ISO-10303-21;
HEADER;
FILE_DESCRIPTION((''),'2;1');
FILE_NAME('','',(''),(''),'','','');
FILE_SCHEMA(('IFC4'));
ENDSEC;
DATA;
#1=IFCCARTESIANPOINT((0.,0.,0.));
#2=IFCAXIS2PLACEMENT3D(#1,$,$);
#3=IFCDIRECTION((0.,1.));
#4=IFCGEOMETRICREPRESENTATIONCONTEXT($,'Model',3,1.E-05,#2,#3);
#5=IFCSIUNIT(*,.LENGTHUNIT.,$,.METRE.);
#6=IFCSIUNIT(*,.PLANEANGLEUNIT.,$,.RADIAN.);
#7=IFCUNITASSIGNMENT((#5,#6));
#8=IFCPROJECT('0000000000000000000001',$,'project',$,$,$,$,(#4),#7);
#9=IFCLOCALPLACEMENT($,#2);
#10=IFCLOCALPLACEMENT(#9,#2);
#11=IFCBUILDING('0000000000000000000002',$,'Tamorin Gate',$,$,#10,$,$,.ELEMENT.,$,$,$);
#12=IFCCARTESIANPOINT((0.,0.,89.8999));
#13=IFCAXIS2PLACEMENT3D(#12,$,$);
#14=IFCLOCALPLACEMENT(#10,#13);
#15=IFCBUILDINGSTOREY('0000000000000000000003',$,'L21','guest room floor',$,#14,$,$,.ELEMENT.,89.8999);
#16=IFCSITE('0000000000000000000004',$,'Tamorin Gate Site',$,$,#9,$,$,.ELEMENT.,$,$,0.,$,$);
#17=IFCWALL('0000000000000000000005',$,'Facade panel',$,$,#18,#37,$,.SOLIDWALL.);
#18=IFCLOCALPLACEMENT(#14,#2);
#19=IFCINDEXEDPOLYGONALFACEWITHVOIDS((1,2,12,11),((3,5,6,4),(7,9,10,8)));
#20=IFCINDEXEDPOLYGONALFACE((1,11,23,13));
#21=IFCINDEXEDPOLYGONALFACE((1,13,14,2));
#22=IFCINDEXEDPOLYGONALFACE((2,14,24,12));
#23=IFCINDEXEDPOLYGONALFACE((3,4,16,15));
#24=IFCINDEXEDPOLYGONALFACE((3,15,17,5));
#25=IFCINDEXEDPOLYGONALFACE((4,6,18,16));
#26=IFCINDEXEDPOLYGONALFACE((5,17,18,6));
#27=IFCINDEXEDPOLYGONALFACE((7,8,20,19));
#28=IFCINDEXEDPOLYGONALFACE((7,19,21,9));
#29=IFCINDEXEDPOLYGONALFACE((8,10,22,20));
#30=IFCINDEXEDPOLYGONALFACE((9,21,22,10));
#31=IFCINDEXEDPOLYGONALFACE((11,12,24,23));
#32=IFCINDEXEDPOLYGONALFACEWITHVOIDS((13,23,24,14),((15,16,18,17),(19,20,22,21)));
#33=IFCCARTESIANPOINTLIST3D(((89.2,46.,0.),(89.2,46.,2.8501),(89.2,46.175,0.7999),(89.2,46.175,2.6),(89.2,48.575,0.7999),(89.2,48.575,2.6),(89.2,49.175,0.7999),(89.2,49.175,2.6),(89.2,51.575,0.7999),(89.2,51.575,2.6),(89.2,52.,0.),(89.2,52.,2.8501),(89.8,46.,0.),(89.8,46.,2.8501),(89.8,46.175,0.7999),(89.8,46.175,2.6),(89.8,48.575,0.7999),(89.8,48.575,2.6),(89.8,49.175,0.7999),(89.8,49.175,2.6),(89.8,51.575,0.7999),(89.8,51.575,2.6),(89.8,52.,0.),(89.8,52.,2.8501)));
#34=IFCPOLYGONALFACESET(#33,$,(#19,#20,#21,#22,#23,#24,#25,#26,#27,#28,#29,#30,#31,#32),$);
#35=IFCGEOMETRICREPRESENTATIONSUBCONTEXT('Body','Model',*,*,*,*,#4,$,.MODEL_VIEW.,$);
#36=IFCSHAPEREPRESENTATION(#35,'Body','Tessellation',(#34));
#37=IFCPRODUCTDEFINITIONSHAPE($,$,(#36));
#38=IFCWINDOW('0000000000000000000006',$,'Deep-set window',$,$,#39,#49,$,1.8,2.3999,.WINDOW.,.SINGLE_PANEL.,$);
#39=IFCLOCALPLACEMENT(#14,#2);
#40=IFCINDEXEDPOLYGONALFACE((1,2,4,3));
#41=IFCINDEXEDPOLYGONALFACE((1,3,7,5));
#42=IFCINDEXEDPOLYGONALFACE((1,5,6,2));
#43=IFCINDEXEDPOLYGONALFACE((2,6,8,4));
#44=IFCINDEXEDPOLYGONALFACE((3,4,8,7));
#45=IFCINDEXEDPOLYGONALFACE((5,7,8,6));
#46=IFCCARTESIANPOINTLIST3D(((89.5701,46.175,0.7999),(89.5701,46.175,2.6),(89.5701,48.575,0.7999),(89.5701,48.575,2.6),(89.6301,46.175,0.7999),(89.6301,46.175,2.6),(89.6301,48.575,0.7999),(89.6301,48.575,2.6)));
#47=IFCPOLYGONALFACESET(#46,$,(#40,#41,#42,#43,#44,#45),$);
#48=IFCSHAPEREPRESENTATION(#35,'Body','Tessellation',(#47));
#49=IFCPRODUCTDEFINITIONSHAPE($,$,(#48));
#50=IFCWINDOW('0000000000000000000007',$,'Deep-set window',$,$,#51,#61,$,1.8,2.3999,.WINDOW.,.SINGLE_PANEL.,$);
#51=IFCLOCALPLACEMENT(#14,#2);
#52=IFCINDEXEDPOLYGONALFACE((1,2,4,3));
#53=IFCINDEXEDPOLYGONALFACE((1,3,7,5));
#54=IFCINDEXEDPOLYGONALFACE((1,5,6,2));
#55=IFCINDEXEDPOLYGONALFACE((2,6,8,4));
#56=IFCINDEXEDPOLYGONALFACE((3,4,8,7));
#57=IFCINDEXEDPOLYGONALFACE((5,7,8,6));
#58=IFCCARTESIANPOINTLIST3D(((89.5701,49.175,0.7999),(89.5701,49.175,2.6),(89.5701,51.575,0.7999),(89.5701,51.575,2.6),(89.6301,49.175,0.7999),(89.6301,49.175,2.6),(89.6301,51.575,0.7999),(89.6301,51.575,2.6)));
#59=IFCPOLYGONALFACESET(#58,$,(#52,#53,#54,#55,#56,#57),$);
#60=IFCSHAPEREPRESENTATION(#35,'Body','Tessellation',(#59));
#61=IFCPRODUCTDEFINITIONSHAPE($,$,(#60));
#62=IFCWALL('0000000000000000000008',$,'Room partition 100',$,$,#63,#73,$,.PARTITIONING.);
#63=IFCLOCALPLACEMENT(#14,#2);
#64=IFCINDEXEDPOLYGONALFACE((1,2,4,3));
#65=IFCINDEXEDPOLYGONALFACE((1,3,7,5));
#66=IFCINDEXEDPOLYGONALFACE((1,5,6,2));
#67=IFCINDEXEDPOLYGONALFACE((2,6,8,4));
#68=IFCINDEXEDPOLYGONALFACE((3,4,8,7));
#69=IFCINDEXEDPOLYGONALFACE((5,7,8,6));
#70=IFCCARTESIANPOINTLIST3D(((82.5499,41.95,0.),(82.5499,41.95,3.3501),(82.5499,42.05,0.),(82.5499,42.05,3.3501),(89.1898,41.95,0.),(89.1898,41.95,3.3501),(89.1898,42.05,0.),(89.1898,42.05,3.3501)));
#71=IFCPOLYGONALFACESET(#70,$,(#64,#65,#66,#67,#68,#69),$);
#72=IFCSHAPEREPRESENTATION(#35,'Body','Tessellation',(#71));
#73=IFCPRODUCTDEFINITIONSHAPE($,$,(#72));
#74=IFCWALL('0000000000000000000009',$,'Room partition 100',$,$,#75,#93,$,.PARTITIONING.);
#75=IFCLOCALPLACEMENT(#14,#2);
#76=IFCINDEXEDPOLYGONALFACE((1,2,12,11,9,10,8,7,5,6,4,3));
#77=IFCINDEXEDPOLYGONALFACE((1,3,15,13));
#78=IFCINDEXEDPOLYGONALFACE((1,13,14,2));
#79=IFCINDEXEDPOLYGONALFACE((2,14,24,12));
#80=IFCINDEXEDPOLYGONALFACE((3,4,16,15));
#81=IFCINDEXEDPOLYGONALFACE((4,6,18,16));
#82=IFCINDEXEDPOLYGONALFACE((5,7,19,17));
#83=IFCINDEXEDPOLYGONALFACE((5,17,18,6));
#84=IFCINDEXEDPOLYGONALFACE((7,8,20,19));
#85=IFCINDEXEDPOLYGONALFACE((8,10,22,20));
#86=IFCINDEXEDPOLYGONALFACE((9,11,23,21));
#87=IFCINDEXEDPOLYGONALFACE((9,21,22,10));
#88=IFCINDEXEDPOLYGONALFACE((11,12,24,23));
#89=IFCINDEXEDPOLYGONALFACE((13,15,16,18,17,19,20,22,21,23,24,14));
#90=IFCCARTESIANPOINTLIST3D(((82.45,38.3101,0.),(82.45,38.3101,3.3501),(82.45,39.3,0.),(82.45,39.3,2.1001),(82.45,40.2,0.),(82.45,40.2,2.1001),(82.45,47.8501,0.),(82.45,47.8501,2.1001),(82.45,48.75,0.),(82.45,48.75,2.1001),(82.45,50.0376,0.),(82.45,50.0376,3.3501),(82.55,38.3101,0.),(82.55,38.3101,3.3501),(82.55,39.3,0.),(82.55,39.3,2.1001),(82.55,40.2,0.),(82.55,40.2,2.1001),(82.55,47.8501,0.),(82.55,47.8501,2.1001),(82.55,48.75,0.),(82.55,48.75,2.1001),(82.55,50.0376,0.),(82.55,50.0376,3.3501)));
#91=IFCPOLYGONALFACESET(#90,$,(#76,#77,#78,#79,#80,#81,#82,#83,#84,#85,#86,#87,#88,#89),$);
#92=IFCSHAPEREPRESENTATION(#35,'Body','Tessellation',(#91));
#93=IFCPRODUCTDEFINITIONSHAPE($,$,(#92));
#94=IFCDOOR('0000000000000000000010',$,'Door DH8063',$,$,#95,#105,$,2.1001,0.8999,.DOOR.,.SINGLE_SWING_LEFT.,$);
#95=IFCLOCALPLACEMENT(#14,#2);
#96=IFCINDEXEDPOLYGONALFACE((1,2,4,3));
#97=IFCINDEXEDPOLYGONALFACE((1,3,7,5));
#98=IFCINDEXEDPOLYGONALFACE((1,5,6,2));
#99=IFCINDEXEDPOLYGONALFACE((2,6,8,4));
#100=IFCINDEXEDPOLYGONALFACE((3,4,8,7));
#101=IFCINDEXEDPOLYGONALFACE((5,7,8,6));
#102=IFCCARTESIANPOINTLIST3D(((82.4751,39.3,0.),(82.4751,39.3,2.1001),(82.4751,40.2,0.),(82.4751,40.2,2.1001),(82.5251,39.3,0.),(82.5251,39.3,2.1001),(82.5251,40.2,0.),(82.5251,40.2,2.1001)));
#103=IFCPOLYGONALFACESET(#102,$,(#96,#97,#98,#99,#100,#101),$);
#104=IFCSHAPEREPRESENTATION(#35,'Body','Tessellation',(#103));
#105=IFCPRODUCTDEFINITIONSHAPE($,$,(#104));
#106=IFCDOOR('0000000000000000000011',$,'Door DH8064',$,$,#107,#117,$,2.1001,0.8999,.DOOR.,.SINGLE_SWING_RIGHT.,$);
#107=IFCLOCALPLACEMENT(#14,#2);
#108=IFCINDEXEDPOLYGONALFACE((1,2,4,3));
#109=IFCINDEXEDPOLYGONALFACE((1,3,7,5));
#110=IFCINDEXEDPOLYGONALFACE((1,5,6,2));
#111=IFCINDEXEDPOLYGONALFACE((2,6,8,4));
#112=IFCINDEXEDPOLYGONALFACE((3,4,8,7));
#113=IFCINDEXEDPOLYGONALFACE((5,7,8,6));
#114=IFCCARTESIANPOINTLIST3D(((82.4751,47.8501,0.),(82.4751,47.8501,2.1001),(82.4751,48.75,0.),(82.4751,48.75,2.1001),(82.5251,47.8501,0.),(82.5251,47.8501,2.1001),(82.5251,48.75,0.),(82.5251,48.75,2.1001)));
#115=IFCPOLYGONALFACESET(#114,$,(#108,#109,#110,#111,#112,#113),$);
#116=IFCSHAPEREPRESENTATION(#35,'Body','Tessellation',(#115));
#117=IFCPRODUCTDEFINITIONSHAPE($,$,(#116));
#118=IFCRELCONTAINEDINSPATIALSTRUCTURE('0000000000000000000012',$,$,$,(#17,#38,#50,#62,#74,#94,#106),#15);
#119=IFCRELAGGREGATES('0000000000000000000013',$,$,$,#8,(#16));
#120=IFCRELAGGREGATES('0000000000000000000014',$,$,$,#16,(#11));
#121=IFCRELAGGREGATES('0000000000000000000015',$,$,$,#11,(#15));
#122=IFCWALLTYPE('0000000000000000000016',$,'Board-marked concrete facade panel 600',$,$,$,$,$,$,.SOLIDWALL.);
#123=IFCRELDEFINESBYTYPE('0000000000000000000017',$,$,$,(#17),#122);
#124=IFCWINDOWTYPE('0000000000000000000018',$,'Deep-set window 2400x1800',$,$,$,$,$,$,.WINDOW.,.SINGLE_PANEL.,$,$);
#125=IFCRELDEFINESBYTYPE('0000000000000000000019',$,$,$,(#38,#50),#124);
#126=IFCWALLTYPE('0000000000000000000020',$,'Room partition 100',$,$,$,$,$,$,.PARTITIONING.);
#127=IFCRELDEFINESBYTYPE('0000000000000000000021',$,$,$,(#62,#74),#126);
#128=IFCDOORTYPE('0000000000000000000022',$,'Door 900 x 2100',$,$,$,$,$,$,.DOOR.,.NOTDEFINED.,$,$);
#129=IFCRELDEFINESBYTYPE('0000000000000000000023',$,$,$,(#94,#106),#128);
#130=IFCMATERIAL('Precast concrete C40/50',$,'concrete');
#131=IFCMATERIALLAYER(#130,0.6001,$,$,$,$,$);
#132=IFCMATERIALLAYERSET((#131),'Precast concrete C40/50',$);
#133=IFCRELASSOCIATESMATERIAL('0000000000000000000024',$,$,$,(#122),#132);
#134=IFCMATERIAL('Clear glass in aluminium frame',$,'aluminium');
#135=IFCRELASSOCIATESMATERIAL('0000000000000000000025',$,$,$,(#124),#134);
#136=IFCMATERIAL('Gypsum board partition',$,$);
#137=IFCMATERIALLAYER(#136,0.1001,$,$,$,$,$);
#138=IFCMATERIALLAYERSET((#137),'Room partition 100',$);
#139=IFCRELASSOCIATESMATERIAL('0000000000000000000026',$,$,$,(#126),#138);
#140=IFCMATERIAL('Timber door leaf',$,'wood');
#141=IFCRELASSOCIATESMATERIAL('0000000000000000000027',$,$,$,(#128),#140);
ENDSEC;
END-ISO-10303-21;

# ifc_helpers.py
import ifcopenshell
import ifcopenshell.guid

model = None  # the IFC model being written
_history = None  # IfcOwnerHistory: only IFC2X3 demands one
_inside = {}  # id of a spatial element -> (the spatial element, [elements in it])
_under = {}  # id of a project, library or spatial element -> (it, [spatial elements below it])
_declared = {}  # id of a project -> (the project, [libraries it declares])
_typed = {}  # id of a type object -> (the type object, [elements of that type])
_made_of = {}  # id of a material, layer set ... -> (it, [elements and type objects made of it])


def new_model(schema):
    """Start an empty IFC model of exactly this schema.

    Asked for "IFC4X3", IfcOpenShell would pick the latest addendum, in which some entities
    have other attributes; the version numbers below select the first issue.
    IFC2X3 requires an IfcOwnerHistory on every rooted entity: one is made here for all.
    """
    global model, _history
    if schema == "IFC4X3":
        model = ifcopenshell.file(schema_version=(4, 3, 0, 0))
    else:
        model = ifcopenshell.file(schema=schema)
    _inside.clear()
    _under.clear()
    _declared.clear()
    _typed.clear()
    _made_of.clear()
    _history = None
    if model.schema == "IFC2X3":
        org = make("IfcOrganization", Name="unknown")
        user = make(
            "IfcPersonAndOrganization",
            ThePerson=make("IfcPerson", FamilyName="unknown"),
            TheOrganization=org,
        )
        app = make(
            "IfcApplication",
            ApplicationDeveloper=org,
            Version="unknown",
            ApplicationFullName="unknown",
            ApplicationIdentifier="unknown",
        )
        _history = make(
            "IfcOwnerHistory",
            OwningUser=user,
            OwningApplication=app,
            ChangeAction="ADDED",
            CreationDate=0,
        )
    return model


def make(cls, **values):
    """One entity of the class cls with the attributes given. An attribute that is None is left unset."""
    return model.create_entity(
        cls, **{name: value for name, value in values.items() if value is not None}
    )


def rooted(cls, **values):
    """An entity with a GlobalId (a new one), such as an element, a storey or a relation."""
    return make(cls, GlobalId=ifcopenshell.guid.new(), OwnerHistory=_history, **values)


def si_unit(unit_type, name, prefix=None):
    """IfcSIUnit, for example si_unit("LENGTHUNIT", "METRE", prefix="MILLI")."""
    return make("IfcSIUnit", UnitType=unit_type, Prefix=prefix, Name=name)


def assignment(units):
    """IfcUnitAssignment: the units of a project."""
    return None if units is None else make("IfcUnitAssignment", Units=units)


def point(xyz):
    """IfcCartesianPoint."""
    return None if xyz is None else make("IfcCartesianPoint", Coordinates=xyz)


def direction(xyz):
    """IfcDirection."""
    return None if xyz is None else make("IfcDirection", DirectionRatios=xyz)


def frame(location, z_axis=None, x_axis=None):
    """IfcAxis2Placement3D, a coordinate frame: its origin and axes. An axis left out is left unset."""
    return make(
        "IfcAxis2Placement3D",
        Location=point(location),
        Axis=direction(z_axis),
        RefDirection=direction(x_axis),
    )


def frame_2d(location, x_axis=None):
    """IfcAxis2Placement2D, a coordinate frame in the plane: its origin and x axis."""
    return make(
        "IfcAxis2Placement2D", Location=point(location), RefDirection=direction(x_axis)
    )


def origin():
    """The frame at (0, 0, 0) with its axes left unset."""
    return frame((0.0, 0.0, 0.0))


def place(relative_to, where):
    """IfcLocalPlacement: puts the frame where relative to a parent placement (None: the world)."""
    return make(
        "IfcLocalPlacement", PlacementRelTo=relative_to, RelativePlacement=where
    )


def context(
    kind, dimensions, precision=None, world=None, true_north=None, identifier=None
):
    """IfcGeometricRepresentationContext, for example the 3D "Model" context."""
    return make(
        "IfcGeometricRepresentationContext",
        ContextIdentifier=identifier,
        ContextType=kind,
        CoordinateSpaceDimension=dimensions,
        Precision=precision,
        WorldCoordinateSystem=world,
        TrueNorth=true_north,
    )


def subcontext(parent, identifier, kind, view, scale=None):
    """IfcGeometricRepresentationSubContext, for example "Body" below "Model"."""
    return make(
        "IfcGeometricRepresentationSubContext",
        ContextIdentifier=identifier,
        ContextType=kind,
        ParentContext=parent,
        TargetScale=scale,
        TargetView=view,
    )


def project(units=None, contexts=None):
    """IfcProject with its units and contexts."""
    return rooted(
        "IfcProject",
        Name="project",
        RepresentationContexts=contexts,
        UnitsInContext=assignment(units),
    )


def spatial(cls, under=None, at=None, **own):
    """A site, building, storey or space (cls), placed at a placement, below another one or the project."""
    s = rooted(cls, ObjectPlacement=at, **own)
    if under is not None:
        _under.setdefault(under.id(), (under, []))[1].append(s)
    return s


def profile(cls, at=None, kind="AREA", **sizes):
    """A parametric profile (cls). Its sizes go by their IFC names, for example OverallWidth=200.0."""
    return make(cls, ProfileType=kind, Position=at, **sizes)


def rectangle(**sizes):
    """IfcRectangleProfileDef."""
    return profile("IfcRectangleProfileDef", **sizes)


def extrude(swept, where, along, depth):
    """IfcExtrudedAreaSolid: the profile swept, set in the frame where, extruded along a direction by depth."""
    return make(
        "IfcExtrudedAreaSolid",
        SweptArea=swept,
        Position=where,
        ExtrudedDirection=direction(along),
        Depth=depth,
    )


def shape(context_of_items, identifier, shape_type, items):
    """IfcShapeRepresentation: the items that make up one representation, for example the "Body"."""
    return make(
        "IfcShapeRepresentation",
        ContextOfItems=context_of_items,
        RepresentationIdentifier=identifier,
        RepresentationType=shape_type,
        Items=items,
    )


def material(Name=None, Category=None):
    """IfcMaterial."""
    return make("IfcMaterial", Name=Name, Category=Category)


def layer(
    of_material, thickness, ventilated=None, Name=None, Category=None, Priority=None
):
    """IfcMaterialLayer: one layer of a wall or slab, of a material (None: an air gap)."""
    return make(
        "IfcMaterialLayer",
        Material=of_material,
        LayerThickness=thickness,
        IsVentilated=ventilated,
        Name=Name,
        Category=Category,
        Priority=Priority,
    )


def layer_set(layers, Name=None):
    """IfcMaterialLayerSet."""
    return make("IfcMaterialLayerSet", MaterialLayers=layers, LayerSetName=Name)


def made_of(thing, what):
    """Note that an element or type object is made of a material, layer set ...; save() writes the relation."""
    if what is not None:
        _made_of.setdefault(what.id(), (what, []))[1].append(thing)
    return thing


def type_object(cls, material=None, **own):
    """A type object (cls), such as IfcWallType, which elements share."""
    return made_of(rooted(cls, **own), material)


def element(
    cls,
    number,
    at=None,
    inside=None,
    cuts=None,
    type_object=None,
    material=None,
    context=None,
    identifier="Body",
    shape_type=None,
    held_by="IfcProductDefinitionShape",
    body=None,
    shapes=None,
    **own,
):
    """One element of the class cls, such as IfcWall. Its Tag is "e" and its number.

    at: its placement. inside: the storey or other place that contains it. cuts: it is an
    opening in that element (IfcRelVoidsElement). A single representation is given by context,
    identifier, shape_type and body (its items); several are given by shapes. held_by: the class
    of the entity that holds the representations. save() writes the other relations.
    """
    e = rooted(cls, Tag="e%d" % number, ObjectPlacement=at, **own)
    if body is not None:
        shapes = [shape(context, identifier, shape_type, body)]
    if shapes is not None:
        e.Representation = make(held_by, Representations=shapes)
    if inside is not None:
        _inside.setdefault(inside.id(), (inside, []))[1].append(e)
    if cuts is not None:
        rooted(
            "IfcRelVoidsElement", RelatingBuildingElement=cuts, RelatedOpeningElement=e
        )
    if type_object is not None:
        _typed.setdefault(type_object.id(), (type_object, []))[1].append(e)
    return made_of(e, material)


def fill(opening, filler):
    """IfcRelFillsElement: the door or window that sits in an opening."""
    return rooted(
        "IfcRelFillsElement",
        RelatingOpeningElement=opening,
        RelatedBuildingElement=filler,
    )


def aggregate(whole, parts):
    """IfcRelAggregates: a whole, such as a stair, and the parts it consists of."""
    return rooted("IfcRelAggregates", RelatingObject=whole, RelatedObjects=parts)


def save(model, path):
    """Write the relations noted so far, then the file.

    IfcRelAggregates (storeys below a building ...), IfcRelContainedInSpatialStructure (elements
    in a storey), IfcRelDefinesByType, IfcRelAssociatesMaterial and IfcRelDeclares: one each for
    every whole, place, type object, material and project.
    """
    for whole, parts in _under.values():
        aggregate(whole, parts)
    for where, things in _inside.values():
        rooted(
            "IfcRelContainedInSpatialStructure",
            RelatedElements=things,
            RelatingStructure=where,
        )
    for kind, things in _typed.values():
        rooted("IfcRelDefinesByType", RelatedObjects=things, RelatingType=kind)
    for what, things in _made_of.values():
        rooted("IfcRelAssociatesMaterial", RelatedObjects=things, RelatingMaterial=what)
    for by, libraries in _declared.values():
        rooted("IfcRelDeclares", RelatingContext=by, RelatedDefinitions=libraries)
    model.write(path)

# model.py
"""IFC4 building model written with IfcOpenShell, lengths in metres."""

from ifc_helpers import new_model, si_unit, direction, frame, frame_2d, origin, place, context, subcontext, project, spatial, rectangle, extrude, material, layer, layer_set, type_object, element, fill, save


model = new_model("IFC4")

# Units and contexts
model_context = context("Model", 3, precision=1e-05, world=origin(), true_north=direction((0.0, 1.0)))
body_context = subcontext(model_context, "Body", "Model", "MODEL_VIEW")
ifc_project = project(units=[si_unit("LENGTHUNIT", "METRE"), si_unit("PLANEANGLEUNIT", "RADIAN")], contexts=[model_context])

# Site, building, storey
site_placement = place(None, origin())
site = spatial("IfcSite", under=ifc_project, at=site_placement, Name="Tamorin Gate Site", CompositionType="ELEMENT", RefElevation=0.0)
building_placement = place(site_placement, origin())
building = spatial("IfcBuilding", under=site, at=building_placement, Name="Tamorin Gate", CompositionType="ELEMENT")
storey_placement = place(building_placement, frame((0.0, 0.0, 89.8999)))
storey = spatial("IfcBuildingStorey", under=building, at=storey_placement, Name="L21", Description="guest room floor", CompositionType="ELEMENT", Elevation=89.8999)

# Shared definitions
ifc_material_1 = material(Name="Precast concrete C40/50", Category="concrete")
ifc_layer_1 = layer(ifc_material_1, 0.6001)
ifc_layer_set_1 = layer_set([ifc_layer_1], Name="Precast concrete C40/50")
wall_type_1 = type_object("IfcWallType", Name="Board-marked concrete facade panel 600", PredefinedType="SOLIDWALL", material=ifc_layer_set_1)
ifc_material_2 = material(Name="Clear glass in aluminium frame", Category="aluminium")
window_type = type_object("IfcWindowType", Name="Deep-set window 2400x1800", PartitioningType="SINGLE_PANEL", PredefinedType="WINDOW", material=ifc_material_2)

# Wall, openings, windows
wall_1_placement = place(storey_placement, frame((89.5, 46.0, 0.0), z_axis=(0.0, 0.0, 1.0), x_axis=(0.0, 1.0, 0.0)))
wall_1 = element("IfcWall", 1, at=wall_1_placement, inside=storey, type_object=wall_type_1, Name="Facade panel", PredefinedType="SOLIDWALL", context=body_context, shape_type="SweptSolid", body=[
    extrude(rectangle(XDim=6.0, YDim=0.6001, at=frame_2d((3.0, 0.0))), origin(), (0.0, 0.0, 1.0), 2.8501),
])
opening_1_placement = place(wall_1_placement, frame((0.175, 0.0, 0.8)))
opening_1 = element("IfcOpeningElement", 2, at=opening_1_placement, cuts=wall_1, PredefinedType="OPENING", context=body_context, shape_type="SweptSolid", body=[
    extrude(rectangle(XDim=2.3999, YDim=1.8, at=frame_2d((1.2, 0.8999))), frame((0.0, 0.3101, 0.0), z_axis=(0.0, -1.0, 0.0), x_axis=(1.0, 0.0, 0.0)), (0.0, 0.0, 1.0), 0.6201),
])
opening_2_placement = place(wall_1_placement, frame((3.175, 0.0, 0.8)))
opening_2 = element("IfcOpeningElement", 3, at=opening_2_placement, cuts=wall_1, PredefinedType="OPENING", context=body_context, shape_type="SweptSolid", body=[
    extrude(rectangle(XDim=2.3999, YDim=1.8, at=frame_2d((1.2, 0.8999))), frame((0.0, 0.3101, 0.0), z_axis=(0.0, -1.0, 0.0), x_axis=(1.0, 0.0, 0.0)), (0.0, 0.0, 1.0), 0.6201),
])
window_1_placement = place(opening_1_placement, origin())
window_1 = element("IfcWindow", 4, at=window_1_placement, inside=storey, type_object=window_type, Name="Deep-set window", OverallHeight=1.8, OverallWidth=2.3999, PartitioningType="SINGLE_PANEL", PredefinedType="WINDOW", context=body_context, shape_type="SweptSolid", body=[
    extrude(rectangle(XDim=2.3999, YDim=1.8, at=frame_2d((1.2, 0.8999))), frame((0.0, -0.0701, 0.0), z_axis=(0.0, -1.0, 0.0), x_axis=(1.0, 0.0, 0.0)), (0.0, 0.0, 1.0), 0.0601),
])
fill(opening_1, window_1)
window_2_placement = place(opening_2_placement, origin())
window_2 = element("IfcWindow", 5, at=window_2_placement, inside=storey, type_object=window_type, Name="Deep-set window", OverallHeight=1.8, OverallWidth=2.3999, PartitioningType="SINGLE_PANEL", PredefinedType="WINDOW", context=body_context, shape_type="SweptSolid", body=[
    extrude(rectangle(XDim=2.3999, YDim=1.8, at=frame_2d((1.2, 0.8999))), frame((0.0, -0.0701, 0.0), z_axis=(0.0, -1.0, 0.0), x_axis=(1.0, 0.0, 0.0)), (0.0, 0.0, 1.0), 0.0601),
])
fill(opening_2, window_2)

# Wall
ifc_material_3 = material(Name="Gypsum board partition")
ifc_layer_2 = layer(ifc_material_3, 0.1001)
ifc_layer_set_2 = layer_set([ifc_layer_2], Name="Room partition 100")
wall_type_2 = type_object("IfcWallType", Name="Room partition 100", PredefinedType="PARTITIONING", material=ifc_layer_set_2)
wall_2_placement = place(storey_placement, frame((82.55, 42.0, 0.0), z_axis=(0.0, 0.0, 1.0), x_axis=(1.0, 0.0, 0.0)))
element("IfcWall", 6, at=wall_2_placement, inside=storey, type_object=wall_type_2, Name="Room partition 100", PredefinedType="PARTITIONING", context=body_context, shape_type="SweptSolid", body=[
    extrude(rectangle(XDim=6.6399, YDim=0.1001, at=frame_2d((3.3198, 0.0))), origin(), (0.0, 0.0, 1.0), 3.3501),
])

# Wall, openings, doors
wall_3_placement = place(storey_placement, frame((82.5, 38.3101, 0.0), z_axis=(0.0, 0.0, 1.0), x_axis=(0.0, 1.0, 0.0)))
wall_3 = element("IfcWall", 7, at=wall_3_placement, inside=storey, type_object=wall_type_2, Name="Room partition 100", PredefinedType="PARTITIONING", context=body_context, shape_type="SweptSolid", body=[
    extrude(rectangle(XDim=11.7275, YDim=0.1001, at=frame_2d((5.8638, 0.0))), origin(), (0.0, 0.0, 1.0), 3.3501),
])
opening_3_placement = place(wall_3_placement, frame((0.99, 0.0, 0.0)))
opening_3 = element("IfcOpeningElement", 8, at=opening_3_placement, cuts=wall_3, PredefinedType="OPENING", context=body_context, shape_type="SweptSolid", body=[
    extrude(rectangle(XDim=0.8999, YDim=2.1001, at=frame_2d((0.45, 1.05))), frame((0.0, 0.0601, 0.0), z_axis=(0.0, -1.0, 0.0), x_axis=(1.0, 0.0, 0.0)), (0.0, 0.0, 1.0), 0.1201),
])
opening_4_placement = place(wall_3_placement, frame((9.54, 0.0, 0.0)))
opening_4 = element("IfcOpeningElement", 9, at=opening_4_placement, cuts=wall_3, PredefinedType="OPENING", context=body_context, shape_type="SweptSolid", body=[
    extrude(rectangle(XDim=0.8999, YDim=2.1001, at=frame_2d((0.45, 1.05))), frame((0.0, 0.0601, 0.0), z_axis=(0.0, -1.0, 0.0), x_axis=(1.0, 0.0, 0.0)), (0.0, 0.0, 1.0), 0.1201),
])
ifc_material_4 = material(Name="Timber door leaf", Category="wood")
door_type = type_object("IfcDoorType", Name="Door 900 x 2100", OperationType="NOTDEFINED", PredefinedType="DOOR", material=ifc_material_4)
door_1_placement = place(opening_3_placement, origin())
door_1 = element("IfcDoor", 10, at=door_1_placement, inside=storey, type_object=door_type, Name="Door DH8063", OperationType="SINGLE_SWING_LEFT", OverallHeight=2.1001, OverallWidth=0.8999, PredefinedType="DOOR", context=body_context, shape_type="SweptSolid", body=[
    extrude(rectangle(XDim=0.8999, YDim=2.1001, at=frame_2d((0.45, 1.05))), frame((0.0, 0.0249, 0.0), z_axis=(0.0, -1.0, 0.0), x_axis=(1.0, 0.0, 0.0)), (0.0, 0.0, 1.0), 0.05),
])
fill(opening_3, door_1)
door_2_placement = place(opening_4_placement, origin())
door_2 = element("IfcDoor", 11, at=door_2_placement, inside=storey, type_object=door_type, Name="Door DH8064", OperationType="SINGLE_SWING_RIGHT", OverallHeight=2.1001, OverallWidth=0.8999, PredefinedType="DOOR", context=body_context, shape_type="SweptSolid", body=[
    extrude(rectangle(XDim=0.8999, YDim=2.1001, at=frame_2d((0.45, 1.05))), frame((0.0, 0.0249, 0.0), z_axis=(0.0, -1.0, 0.0), x_axis=(1.0, 0.0, 0.0)), (0.0, 0.0, 1.0), 0.05),
])
fill(opening_4, door_2)

save(model, "model.ifc")
